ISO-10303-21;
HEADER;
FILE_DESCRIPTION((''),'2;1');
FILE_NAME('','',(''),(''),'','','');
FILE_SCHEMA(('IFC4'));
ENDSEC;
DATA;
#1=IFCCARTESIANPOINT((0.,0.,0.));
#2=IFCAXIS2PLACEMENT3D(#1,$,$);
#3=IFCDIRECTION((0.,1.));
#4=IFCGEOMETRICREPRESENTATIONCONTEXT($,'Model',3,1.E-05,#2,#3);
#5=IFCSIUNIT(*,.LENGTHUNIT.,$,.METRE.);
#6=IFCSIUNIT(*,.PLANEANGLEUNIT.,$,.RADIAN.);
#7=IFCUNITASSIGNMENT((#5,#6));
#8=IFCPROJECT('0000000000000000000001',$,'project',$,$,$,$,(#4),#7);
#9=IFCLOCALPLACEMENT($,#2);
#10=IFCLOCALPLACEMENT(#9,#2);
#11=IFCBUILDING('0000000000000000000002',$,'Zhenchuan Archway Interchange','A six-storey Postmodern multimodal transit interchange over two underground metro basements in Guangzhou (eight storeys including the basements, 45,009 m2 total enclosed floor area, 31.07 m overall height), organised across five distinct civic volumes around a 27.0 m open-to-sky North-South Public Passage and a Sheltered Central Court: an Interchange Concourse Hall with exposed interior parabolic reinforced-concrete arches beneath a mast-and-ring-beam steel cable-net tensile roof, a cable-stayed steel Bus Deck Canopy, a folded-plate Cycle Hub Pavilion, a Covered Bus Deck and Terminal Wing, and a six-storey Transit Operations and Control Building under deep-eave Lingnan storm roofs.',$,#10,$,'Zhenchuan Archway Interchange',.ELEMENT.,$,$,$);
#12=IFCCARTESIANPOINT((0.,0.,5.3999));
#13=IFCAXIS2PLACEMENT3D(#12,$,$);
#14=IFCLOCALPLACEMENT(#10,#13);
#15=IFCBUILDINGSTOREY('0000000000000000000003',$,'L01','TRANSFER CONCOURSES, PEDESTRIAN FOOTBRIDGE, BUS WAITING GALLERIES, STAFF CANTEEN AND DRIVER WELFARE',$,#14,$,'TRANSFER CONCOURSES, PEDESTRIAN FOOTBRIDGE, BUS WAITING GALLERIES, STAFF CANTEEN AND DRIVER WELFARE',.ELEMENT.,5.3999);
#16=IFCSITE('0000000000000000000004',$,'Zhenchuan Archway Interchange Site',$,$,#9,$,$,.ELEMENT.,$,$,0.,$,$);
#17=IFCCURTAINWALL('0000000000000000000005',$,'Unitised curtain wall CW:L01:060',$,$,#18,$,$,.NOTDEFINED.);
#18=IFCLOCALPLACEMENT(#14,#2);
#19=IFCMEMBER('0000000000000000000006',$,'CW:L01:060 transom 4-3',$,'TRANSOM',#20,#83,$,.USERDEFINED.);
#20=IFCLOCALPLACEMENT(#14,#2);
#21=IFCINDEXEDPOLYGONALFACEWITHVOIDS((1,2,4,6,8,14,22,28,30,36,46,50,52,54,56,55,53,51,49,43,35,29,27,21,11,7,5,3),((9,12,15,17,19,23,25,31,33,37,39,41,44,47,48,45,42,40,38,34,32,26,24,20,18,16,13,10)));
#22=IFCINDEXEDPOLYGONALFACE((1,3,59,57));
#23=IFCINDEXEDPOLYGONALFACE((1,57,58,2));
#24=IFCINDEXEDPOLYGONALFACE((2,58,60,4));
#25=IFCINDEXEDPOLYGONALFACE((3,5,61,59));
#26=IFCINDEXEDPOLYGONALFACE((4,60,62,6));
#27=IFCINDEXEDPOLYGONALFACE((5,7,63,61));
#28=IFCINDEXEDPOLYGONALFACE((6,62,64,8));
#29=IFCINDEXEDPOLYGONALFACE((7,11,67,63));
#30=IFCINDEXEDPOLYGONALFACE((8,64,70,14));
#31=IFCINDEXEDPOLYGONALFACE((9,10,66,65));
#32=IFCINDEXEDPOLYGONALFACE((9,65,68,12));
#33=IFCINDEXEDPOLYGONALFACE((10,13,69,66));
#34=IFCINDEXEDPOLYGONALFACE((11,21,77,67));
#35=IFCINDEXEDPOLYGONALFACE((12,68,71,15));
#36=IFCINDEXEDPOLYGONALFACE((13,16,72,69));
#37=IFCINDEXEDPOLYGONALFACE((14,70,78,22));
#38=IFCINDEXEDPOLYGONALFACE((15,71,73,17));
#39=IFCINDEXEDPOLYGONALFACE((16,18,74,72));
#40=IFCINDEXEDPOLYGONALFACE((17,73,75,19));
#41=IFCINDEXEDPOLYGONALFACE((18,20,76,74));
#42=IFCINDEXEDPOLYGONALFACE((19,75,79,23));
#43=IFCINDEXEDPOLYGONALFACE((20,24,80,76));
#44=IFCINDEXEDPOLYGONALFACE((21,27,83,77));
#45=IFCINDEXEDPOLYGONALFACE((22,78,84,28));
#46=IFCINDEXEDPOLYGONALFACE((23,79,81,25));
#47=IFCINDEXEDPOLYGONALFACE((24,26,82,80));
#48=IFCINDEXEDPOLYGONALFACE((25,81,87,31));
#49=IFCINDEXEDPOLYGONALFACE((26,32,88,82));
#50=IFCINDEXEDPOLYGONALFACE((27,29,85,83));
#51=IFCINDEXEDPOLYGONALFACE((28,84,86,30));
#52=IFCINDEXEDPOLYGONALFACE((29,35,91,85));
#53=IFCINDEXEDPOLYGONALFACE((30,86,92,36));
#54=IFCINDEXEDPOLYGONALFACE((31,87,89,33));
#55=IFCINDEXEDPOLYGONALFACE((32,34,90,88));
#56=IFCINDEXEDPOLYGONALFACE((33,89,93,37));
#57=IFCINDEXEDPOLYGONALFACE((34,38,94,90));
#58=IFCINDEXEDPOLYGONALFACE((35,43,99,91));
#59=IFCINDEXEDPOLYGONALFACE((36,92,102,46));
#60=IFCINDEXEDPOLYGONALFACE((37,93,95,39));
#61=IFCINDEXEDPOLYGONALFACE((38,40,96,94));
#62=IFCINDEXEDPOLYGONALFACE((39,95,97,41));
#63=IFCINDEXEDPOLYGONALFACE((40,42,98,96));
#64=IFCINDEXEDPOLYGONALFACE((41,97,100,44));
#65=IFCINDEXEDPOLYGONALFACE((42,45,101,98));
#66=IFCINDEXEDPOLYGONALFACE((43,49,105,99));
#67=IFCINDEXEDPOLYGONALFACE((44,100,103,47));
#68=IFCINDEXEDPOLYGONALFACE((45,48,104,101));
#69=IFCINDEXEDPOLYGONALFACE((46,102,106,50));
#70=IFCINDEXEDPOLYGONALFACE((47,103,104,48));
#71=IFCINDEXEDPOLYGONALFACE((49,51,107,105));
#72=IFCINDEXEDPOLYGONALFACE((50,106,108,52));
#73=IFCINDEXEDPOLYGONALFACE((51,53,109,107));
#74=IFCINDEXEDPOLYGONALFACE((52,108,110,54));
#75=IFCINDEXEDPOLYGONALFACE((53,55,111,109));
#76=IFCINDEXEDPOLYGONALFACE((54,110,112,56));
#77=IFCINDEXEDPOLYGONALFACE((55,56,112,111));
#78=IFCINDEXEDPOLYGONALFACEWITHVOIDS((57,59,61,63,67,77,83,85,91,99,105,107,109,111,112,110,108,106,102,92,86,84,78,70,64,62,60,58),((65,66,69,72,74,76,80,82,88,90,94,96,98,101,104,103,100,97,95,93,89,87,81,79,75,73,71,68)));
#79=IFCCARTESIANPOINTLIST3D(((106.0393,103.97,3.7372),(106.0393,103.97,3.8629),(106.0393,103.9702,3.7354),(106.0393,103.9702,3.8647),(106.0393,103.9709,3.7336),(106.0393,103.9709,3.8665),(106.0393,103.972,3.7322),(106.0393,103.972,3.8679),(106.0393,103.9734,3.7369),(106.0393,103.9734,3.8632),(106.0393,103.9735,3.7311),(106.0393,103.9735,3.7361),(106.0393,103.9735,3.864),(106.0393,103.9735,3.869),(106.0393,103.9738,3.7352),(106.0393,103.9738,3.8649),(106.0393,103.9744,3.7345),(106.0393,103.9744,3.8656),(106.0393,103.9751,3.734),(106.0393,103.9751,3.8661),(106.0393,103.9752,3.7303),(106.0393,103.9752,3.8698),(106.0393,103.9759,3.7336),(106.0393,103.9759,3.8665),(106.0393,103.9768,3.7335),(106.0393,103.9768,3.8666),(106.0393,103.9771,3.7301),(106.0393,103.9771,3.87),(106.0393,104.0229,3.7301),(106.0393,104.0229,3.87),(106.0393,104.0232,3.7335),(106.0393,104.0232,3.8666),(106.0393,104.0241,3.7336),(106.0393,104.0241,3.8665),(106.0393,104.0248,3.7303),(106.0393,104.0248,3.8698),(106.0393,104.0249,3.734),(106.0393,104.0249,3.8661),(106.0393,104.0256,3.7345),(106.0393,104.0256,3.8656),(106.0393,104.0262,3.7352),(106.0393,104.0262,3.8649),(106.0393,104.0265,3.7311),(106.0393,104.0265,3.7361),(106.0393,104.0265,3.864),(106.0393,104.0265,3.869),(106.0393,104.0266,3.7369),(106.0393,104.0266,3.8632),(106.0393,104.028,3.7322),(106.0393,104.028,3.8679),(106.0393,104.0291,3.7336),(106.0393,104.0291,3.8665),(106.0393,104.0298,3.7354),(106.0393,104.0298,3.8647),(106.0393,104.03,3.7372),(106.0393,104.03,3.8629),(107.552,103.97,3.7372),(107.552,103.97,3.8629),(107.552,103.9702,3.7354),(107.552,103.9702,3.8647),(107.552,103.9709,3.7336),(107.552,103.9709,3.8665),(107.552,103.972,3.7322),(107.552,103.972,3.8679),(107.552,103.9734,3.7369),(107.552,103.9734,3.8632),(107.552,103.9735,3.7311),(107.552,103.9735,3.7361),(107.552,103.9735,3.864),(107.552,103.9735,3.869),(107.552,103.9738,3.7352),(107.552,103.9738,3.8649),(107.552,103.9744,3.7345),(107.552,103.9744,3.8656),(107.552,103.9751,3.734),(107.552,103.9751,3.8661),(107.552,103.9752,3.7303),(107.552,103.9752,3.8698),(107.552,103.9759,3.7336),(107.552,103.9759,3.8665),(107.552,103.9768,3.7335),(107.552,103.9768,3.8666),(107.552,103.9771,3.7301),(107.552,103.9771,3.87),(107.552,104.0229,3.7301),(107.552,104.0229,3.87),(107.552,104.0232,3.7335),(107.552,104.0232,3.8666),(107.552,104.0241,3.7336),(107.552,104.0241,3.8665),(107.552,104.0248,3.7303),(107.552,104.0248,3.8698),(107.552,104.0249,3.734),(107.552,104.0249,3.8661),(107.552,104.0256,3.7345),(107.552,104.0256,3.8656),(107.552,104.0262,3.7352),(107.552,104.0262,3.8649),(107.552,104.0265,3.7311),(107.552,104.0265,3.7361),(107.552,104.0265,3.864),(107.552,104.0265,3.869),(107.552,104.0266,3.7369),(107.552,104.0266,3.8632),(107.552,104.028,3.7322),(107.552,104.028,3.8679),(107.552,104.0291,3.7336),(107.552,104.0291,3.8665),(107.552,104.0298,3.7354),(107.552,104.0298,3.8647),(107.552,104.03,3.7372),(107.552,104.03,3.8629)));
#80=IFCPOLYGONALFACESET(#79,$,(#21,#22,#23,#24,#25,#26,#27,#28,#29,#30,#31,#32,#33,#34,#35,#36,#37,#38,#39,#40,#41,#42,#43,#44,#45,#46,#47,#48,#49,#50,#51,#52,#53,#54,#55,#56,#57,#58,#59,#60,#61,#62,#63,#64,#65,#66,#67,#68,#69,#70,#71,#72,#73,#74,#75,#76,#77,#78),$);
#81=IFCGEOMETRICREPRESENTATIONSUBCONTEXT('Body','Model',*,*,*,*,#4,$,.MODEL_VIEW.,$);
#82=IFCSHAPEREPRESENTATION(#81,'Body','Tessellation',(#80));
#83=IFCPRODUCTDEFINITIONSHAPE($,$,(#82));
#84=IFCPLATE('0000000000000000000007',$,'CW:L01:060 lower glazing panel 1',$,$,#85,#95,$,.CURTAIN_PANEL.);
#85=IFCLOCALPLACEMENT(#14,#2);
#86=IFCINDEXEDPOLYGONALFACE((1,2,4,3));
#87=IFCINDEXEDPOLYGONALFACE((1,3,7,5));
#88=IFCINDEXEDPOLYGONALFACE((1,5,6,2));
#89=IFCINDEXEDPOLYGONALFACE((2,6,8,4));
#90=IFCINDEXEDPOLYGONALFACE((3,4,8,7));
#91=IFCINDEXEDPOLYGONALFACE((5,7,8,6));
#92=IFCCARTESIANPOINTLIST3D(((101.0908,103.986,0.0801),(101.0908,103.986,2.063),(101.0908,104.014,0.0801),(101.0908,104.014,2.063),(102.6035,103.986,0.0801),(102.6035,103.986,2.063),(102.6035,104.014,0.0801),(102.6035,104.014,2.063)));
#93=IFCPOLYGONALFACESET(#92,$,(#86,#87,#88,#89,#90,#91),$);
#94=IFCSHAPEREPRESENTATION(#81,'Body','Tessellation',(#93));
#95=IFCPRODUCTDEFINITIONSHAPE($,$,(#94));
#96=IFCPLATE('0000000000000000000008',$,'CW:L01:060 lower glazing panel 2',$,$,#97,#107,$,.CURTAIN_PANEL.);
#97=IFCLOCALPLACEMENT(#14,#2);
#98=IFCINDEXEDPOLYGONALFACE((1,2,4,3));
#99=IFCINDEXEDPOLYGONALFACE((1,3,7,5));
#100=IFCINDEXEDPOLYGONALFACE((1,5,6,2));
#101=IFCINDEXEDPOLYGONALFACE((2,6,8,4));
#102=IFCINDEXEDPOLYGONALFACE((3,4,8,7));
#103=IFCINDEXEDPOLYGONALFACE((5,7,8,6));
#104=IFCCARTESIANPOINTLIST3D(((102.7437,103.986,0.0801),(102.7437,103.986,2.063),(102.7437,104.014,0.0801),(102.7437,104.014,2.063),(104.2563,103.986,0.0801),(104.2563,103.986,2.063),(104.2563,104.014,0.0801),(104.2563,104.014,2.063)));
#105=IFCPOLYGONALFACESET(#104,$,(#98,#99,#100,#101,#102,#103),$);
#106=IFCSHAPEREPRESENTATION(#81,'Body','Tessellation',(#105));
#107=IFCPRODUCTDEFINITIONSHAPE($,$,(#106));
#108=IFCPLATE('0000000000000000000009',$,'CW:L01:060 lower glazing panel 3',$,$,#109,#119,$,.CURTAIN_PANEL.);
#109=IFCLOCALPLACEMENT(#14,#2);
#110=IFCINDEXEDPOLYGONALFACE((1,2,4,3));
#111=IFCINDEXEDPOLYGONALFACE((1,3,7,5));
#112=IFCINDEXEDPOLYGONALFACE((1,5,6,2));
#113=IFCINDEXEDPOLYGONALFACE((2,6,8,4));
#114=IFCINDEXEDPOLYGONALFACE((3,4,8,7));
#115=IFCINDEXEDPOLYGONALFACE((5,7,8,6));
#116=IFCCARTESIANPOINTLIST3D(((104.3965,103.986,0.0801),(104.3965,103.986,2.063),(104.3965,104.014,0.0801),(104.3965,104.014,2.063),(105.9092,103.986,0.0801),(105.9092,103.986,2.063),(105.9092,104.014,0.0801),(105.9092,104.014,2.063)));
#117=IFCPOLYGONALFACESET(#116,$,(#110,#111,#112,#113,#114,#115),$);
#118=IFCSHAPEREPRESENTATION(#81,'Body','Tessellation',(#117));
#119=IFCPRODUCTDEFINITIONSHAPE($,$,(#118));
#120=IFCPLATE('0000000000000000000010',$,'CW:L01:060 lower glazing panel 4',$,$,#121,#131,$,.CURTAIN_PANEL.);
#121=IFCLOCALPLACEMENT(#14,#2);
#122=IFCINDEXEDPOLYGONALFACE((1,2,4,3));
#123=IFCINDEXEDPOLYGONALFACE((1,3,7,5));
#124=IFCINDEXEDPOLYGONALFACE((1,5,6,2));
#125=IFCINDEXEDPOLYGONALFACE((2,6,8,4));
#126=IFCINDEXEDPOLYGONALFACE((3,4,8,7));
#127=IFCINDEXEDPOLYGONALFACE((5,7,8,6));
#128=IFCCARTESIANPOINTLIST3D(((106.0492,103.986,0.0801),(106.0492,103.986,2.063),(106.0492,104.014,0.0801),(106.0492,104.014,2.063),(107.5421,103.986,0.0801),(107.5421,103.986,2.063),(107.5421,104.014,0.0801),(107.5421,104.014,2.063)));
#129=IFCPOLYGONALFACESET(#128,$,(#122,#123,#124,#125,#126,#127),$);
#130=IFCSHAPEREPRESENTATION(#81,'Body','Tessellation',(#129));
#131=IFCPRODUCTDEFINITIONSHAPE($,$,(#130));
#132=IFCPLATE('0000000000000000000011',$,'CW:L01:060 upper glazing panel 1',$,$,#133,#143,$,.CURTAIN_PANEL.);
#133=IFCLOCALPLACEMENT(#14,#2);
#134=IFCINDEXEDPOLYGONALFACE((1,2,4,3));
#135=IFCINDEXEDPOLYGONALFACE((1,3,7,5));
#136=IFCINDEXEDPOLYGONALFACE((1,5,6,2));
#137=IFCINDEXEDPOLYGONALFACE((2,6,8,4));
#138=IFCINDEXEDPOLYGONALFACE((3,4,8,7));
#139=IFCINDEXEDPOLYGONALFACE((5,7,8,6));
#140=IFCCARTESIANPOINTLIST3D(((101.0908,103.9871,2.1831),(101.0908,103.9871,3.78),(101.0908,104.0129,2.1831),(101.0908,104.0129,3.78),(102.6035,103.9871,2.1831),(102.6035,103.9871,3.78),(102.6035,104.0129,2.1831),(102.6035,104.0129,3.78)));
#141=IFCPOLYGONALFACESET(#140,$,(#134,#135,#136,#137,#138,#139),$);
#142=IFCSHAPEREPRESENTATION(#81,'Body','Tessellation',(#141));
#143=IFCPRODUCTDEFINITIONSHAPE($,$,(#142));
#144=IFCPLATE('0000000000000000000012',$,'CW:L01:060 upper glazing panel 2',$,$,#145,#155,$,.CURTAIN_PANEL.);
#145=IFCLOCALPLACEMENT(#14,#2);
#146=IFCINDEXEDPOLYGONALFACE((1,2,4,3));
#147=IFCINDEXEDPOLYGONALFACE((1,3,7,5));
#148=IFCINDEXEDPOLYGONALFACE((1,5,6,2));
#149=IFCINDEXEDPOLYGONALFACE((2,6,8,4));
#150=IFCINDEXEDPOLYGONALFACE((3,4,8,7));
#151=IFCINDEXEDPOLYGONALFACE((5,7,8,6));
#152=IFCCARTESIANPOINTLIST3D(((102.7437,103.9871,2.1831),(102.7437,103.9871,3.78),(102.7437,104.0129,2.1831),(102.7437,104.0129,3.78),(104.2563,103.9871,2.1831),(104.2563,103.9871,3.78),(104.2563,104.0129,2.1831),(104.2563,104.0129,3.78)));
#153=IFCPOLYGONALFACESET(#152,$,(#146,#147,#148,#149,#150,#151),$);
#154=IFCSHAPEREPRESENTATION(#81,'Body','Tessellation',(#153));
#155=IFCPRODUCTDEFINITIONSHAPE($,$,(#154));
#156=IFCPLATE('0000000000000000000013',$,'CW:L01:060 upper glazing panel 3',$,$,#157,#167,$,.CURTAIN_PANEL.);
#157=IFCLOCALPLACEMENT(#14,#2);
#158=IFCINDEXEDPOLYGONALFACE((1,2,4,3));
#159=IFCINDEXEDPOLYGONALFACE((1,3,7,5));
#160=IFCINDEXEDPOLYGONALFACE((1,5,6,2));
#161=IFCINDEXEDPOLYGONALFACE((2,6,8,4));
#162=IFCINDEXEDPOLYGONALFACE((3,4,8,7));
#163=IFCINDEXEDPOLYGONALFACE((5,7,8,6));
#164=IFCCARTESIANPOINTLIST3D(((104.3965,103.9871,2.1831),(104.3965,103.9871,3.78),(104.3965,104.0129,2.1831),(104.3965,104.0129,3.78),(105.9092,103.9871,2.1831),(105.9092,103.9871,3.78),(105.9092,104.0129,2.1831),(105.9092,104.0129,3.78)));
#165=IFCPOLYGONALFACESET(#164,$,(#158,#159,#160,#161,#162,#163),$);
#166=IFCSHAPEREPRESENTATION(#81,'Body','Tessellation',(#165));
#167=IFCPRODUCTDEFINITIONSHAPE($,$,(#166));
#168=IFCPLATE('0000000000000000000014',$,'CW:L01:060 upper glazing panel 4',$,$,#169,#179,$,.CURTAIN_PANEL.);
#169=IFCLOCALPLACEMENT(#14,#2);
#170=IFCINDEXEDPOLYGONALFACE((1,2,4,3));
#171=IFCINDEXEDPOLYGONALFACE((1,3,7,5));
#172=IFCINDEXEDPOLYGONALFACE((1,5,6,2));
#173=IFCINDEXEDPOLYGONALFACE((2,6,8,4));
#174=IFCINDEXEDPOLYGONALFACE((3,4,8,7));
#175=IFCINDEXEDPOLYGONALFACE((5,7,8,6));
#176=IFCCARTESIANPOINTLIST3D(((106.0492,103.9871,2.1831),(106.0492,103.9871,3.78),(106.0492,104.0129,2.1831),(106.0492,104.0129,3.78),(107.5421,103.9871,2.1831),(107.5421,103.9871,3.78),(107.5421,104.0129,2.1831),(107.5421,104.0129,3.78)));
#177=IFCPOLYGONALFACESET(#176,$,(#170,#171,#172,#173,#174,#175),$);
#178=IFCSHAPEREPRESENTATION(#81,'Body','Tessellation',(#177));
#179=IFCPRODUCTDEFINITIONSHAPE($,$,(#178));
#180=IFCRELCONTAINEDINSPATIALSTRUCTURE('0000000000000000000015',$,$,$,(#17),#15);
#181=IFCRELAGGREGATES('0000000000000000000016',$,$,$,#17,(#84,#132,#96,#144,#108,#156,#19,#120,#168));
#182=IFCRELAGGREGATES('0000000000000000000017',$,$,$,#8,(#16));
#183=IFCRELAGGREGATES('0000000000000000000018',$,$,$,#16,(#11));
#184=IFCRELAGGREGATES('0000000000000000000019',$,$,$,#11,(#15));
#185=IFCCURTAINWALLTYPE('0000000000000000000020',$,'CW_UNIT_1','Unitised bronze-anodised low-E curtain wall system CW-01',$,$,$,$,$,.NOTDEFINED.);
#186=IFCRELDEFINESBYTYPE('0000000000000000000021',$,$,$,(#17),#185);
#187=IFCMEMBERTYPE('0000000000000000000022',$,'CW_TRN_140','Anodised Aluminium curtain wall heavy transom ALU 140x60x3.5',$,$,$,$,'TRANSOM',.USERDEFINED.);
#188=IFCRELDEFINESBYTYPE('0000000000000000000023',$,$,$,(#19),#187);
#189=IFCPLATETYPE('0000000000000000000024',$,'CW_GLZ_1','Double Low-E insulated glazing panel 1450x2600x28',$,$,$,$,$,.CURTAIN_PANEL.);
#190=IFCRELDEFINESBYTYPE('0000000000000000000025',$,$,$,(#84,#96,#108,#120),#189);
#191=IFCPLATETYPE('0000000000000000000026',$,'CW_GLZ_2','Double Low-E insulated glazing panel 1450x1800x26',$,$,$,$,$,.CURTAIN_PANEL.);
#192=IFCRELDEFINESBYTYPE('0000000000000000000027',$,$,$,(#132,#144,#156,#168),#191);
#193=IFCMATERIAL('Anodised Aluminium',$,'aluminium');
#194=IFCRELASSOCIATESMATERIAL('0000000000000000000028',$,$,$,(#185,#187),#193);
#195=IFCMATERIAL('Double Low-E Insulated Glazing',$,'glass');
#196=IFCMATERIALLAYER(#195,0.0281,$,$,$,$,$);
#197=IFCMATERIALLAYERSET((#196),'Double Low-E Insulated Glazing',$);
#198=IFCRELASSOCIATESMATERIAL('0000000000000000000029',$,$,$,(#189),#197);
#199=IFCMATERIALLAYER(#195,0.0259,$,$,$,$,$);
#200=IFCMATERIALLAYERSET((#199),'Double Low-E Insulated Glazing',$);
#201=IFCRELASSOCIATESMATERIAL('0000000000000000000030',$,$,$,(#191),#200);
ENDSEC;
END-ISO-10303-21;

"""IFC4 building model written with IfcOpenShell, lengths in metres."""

from ifc_helpers import new_model, si_unit, direction, frame, origin, origin_2d, place, context, subcontext, project, spatial, rectangle, hollow_rectangle, extrude, material, layer, layer_set, material_profile, profile_set, type_object, element, aggregate, save


model = new_model("IFC4")

# Units and contexts
model_context = context("Model", 3, precision=1e-05, world=origin(), true_north=direction((0.0, 1.0)))
body_context = subcontext(model_context, "Body", "Model", "MODEL_VIEW")
ifc_project = project(units=[si_unit("LENGTHUNIT", "METRE"), si_unit("PLANEANGLEUNIT", "RADIAN")], contexts=[model_context])

# Site, building, storey
site_placement = place(None, origin())
site = spatial("IfcSite", under=ifc_project, at=site_placement, Name="Zhenchuan Archway Interchange Site", CompositionType="ELEMENT", RefElevation=0.0)
building_placement = place(site_placement, origin())
building = spatial("IfcBuilding", under=site, at=building_placement, Name="Zhenchuan Archway Interchange", Description="A six-storey Postmodern multimodal transit interchange over two underground metro basements in Guangzhou (eight storeys including the basements, 45,009 m2 total enclosed floor area, 31.07 m overall height), organised across five distinct civic volumes around a 27.0 m open-to-sky North-South Public Passage and a Sheltered Central Court: an Interchange Concourse Hall with exposed interior parabolic reinforced-concrete arches beneath a mast-and-ring-beam steel cable-net tensile roof, a cable-stayed steel Bus Deck Canopy, a folded-plate Cycle Hub Pavilion, a Covered Bus Deck and Terminal Wing, and a six-storey Transit Operations and Control Building under deep-eave Lingnan storm roofs.", LongName="Zhenchuan Archway Interchange", CompositionType="ELEMENT")
storey_placement = place(building_placement, frame((0.0, 0.0, 5.3999)))
storey = spatial("IfcBuildingStorey", under=building, at=storey_placement, Name="L01", Description="TRANSFER CONCOURSES, PEDESTRIAN FOOTBRIDGE, BUS WAITING GALLERIES, STAFF CANTEEN AND DRIVER WELFARE", LongName="TRANSFER CONCOURSES, PEDESTRIAN FOOTBRIDGE, BUS WAITING GALLERIES, STAFF CANTEEN AND DRIVER WELFARE", CompositionType="ELEMENT", Elevation=5.3999)

# Curtain wall, member, plates
ifc_material_1 = material(Name="Anodised Aluminium", Category="aluminium")
curtain_wall_type = type_object("IfcCurtainWallType", Name="CW_UNIT_1", Description="Unitised bronze-anodised low-E curtain wall system CW-01", PredefinedType="NOTDEFINED", material=ifc_material_1)
curtain_wall_placement = place(storey_placement, origin())
curtain_wall = element("IfcCurtainWall", 1, at=curtain_wall_placement, inside=storey, type_object=curtain_wall_type, Name="Unitised curtain wall CW:L01:060", PredefinedType="NOTDEFINED")
ifc_material_profile_1 = material_profile(ifc_material_1, hollow_rectangle(XDim=0.0601, YDim=0.1399, WallThickness=0.0034, InnerFilletRadius=0.0034, OuterFilletRadius=0.0071, at=origin_2d()), Name="ALU 140x60x3.5")
ifc_profile_set_1 = profile_set([ifc_material_profile_1], Name="Anodised Aluminium")
member_type_1 = type_object("IfcMemberType", Name="CW_TRN_140", Description="Anodised Aluminium curtain wall heavy transom ALU 140x60x3.5", ElementType="TRANSOM", PredefinedType="USERDEFINED", material=ifc_profile_set_1)
member_1_placement = place(storey_placement, frame((106.0393, 104.0, 3.8), z_axis=(1.0, 0.0, 0.0), x_axis=(0.0, 1.0, 0.0)))
member_1 = element("IfcMember", 2, at=member_1_placement, type_object=member_type_1, Name="CW:L01:060 transom 4-3", ObjectType="TRANSOM", PredefinedType="USERDEFINED", context=body_context, shape_type="SweptSolid", body=[
    extrude(hollow_rectangle(XDim=0.0601, YDim=0.1399, WallThickness=0.0034, InnerFilletRadius=0.0034, OuterFilletRadius=0.0071, at=origin_2d()), origin(), (0.0, 0.0, 1.0), 1.5127),
])
ifc_material_2 = material(Name="Double Low-E Insulated Glazing", Category="glass")
ifc_layer_1 = layer(ifc_material_2, 0.0281)
ifc_layer_set_1 = layer_set([ifc_layer_1], Name="Double Low-E Insulated Glazing")
plate_type_1 = type_object("IfcPlateType", Name="CW_GLZ_1", Description="Double Low-E insulated glazing panel 1450x2600x28", PredefinedType="CURTAIN_PANEL", material=ifc_layer_set_1)
plate_1_placement = place(storey_placement, frame((101.8472, 104.0, 0.0801), z_axis=(0.0, 0.0, 1.0), x_axis=(1.0, 0.0, 0.0)))
plate_1 = element("IfcPlate", 3, at=plate_1_placement, type_object=plate_type_1, Name="CW:L01:060 lower glazing panel 1", PredefinedType="CURTAIN_PANEL", context=body_context, shape_type="SweptSolid", body=[
    extrude(rectangle(XDim=1.5127, YDim=0.0281, at=origin_2d()), origin(), (0.0, 0.0, 1.0), 1.9829),
])
plate_2_placement = place(storey_placement, frame((103.5, 104.0, 0.0801), z_axis=(0.0, 0.0, 1.0), x_axis=(1.0, 0.0, 0.0)))
plate_2 = element("IfcPlate", 4, at=plate_2_placement, type_object=plate_type_1, Name="CW:L01:060 lower glazing panel 2", PredefinedType="CURTAIN_PANEL", context=body_context, shape_type="SweptSolid", body=[
    extrude(rectangle(XDim=1.5127, YDim=0.0281, at=origin_2d()), origin(), (0.0, 0.0, 1.0), 1.9829),
])
plate_3_placement = place(storey_placement, frame((105.1528, 104.0, 0.0801), z_axis=(0.0, 0.0, 1.0), x_axis=(1.0, 0.0, 0.0)))
plate_3 = element("IfcPlate", 5, at=plate_3_placement, type_object=plate_type_1, Name="CW:L01:060 lower glazing panel 3", PredefinedType="CURTAIN_PANEL", context=body_context, shape_type="SweptSolid", body=[
    extrude(rectangle(XDim=1.5127, YDim=0.0281, at=origin_2d()), origin(), (0.0, 0.0, 1.0), 1.9829),
])
plate_4_placement = place(storey_placement, frame((106.7957, 104.0, 0.0801), z_axis=(0.0, 0.0, 1.0), x_axis=(1.0, 0.0, 0.0)))
plate_4 = element("IfcPlate", 6, at=plate_4_placement, type_object=plate_type_1, Name="CW:L01:060 lower glazing panel 4", PredefinedType="CURTAIN_PANEL", context=body_context, shape_type="SweptSolid", body=[
    extrude(rectangle(XDim=1.4929, YDim=0.0281, at=origin_2d()), origin(), (0.0, 0.0, 1.0), 1.9829),
])
ifc_layer_2 = layer(ifc_material_2, 0.0259)
ifc_layer_set_2 = layer_set([ifc_layer_2], Name="Double Low-E Insulated Glazing")
plate_type_2 = type_object("IfcPlateType", Name="CW_GLZ_2", Description="Double Low-E insulated glazing panel 1450x1800x26", PredefinedType="CURTAIN_PANEL", material=ifc_layer_set_2)
plate_5_placement = place(storey_placement, frame((101.8472, 104.0, 2.1831), z_axis=(0.0, 0.0, 1.0), x_axis=(1.0, 0.0, 0.0)))
plate_5 = element("IfcPlate", 7, at=plate_5_placement, type_object=plate_type_2, Name="CW:L01:060 upper glazing panel 1", PredefinedType="CURTAIN_PANEL", context=body_context, shape_type="SweptSolid", body=[
    extrude(rectangle(XDim=1.5127, YDim=0.0259, at=origin_2d()), origin(), (0.0, 0.0, 1.0), 1.5969),
])
plate_6_placement = place(storey_placement, frame((103.5, 104.0, 2.1831), z_axis=(0.0, 0.0, 1.0), x_axis=(1.0, 0.0, 0.0)))
plate_6 = element("IfcPlate", 8, at=plate_6_placement, type_object=plate_type_2, Name="CW:L01:060 upper glazing panel 2", PredefinedType="CURTAIN_PANEL", context=body_context, shape_type="SweptSolid", body=[
    extrude(rectangle(XDim=1.5127, YDim=0.0259, at=origin_2d()), origin(), (0.0, 0.0, 1.0), 1.5969),
])
plate_7_placement = place(storey_placement, frame((105.1528, 104.0, 2.1831), z_axis=(0.0, 0.0, 1.0), x_axis=(1.0, 0.0, 0.0)))
plate_7 = element("IfcPlate", 9, at=plate_7_placement, type_object=plate_type_2, Name="CW:L01:060 upper glazing panel 3", PredefinedType="CURTAIN_PANEL", context=body_context, shape_type="SweptSolid", body=[
    extrude(rectangle(XDim=1.5127, YDim=0.0259, at=origin_2d()), origin(), (0.0, 0.0, 1.0), 1.5969),
])
plate_8_placement = place(storey_placement, frame((106.7957, 104.0, 2.1831), z_axis=(0.0, 0.0, 1.0), x_axis=(1.0, 0.0, 0.0)))
plate_8 = element("IfcPlate", 10, at=plate_8_placement, type_object=plate_type_2, Name="CW:L01:060 upper glazing panel 4", PredefinedType="CURTAIN_PANEL", context=body_context, shape_type="SweptSolid", body=[
    extrude(rectangle(XDim=1.4929, YDim=0.0259, at=origin_2d()), origin(), (0.0, 0.0, 1.0), 1.5969),
])
aggregate(curtain_wall, [plate_1, plate_5, plate_2, plate_6, plate_3, plate_7, member_1, plate_4, plate_8])

save(model, "model.ifc")
